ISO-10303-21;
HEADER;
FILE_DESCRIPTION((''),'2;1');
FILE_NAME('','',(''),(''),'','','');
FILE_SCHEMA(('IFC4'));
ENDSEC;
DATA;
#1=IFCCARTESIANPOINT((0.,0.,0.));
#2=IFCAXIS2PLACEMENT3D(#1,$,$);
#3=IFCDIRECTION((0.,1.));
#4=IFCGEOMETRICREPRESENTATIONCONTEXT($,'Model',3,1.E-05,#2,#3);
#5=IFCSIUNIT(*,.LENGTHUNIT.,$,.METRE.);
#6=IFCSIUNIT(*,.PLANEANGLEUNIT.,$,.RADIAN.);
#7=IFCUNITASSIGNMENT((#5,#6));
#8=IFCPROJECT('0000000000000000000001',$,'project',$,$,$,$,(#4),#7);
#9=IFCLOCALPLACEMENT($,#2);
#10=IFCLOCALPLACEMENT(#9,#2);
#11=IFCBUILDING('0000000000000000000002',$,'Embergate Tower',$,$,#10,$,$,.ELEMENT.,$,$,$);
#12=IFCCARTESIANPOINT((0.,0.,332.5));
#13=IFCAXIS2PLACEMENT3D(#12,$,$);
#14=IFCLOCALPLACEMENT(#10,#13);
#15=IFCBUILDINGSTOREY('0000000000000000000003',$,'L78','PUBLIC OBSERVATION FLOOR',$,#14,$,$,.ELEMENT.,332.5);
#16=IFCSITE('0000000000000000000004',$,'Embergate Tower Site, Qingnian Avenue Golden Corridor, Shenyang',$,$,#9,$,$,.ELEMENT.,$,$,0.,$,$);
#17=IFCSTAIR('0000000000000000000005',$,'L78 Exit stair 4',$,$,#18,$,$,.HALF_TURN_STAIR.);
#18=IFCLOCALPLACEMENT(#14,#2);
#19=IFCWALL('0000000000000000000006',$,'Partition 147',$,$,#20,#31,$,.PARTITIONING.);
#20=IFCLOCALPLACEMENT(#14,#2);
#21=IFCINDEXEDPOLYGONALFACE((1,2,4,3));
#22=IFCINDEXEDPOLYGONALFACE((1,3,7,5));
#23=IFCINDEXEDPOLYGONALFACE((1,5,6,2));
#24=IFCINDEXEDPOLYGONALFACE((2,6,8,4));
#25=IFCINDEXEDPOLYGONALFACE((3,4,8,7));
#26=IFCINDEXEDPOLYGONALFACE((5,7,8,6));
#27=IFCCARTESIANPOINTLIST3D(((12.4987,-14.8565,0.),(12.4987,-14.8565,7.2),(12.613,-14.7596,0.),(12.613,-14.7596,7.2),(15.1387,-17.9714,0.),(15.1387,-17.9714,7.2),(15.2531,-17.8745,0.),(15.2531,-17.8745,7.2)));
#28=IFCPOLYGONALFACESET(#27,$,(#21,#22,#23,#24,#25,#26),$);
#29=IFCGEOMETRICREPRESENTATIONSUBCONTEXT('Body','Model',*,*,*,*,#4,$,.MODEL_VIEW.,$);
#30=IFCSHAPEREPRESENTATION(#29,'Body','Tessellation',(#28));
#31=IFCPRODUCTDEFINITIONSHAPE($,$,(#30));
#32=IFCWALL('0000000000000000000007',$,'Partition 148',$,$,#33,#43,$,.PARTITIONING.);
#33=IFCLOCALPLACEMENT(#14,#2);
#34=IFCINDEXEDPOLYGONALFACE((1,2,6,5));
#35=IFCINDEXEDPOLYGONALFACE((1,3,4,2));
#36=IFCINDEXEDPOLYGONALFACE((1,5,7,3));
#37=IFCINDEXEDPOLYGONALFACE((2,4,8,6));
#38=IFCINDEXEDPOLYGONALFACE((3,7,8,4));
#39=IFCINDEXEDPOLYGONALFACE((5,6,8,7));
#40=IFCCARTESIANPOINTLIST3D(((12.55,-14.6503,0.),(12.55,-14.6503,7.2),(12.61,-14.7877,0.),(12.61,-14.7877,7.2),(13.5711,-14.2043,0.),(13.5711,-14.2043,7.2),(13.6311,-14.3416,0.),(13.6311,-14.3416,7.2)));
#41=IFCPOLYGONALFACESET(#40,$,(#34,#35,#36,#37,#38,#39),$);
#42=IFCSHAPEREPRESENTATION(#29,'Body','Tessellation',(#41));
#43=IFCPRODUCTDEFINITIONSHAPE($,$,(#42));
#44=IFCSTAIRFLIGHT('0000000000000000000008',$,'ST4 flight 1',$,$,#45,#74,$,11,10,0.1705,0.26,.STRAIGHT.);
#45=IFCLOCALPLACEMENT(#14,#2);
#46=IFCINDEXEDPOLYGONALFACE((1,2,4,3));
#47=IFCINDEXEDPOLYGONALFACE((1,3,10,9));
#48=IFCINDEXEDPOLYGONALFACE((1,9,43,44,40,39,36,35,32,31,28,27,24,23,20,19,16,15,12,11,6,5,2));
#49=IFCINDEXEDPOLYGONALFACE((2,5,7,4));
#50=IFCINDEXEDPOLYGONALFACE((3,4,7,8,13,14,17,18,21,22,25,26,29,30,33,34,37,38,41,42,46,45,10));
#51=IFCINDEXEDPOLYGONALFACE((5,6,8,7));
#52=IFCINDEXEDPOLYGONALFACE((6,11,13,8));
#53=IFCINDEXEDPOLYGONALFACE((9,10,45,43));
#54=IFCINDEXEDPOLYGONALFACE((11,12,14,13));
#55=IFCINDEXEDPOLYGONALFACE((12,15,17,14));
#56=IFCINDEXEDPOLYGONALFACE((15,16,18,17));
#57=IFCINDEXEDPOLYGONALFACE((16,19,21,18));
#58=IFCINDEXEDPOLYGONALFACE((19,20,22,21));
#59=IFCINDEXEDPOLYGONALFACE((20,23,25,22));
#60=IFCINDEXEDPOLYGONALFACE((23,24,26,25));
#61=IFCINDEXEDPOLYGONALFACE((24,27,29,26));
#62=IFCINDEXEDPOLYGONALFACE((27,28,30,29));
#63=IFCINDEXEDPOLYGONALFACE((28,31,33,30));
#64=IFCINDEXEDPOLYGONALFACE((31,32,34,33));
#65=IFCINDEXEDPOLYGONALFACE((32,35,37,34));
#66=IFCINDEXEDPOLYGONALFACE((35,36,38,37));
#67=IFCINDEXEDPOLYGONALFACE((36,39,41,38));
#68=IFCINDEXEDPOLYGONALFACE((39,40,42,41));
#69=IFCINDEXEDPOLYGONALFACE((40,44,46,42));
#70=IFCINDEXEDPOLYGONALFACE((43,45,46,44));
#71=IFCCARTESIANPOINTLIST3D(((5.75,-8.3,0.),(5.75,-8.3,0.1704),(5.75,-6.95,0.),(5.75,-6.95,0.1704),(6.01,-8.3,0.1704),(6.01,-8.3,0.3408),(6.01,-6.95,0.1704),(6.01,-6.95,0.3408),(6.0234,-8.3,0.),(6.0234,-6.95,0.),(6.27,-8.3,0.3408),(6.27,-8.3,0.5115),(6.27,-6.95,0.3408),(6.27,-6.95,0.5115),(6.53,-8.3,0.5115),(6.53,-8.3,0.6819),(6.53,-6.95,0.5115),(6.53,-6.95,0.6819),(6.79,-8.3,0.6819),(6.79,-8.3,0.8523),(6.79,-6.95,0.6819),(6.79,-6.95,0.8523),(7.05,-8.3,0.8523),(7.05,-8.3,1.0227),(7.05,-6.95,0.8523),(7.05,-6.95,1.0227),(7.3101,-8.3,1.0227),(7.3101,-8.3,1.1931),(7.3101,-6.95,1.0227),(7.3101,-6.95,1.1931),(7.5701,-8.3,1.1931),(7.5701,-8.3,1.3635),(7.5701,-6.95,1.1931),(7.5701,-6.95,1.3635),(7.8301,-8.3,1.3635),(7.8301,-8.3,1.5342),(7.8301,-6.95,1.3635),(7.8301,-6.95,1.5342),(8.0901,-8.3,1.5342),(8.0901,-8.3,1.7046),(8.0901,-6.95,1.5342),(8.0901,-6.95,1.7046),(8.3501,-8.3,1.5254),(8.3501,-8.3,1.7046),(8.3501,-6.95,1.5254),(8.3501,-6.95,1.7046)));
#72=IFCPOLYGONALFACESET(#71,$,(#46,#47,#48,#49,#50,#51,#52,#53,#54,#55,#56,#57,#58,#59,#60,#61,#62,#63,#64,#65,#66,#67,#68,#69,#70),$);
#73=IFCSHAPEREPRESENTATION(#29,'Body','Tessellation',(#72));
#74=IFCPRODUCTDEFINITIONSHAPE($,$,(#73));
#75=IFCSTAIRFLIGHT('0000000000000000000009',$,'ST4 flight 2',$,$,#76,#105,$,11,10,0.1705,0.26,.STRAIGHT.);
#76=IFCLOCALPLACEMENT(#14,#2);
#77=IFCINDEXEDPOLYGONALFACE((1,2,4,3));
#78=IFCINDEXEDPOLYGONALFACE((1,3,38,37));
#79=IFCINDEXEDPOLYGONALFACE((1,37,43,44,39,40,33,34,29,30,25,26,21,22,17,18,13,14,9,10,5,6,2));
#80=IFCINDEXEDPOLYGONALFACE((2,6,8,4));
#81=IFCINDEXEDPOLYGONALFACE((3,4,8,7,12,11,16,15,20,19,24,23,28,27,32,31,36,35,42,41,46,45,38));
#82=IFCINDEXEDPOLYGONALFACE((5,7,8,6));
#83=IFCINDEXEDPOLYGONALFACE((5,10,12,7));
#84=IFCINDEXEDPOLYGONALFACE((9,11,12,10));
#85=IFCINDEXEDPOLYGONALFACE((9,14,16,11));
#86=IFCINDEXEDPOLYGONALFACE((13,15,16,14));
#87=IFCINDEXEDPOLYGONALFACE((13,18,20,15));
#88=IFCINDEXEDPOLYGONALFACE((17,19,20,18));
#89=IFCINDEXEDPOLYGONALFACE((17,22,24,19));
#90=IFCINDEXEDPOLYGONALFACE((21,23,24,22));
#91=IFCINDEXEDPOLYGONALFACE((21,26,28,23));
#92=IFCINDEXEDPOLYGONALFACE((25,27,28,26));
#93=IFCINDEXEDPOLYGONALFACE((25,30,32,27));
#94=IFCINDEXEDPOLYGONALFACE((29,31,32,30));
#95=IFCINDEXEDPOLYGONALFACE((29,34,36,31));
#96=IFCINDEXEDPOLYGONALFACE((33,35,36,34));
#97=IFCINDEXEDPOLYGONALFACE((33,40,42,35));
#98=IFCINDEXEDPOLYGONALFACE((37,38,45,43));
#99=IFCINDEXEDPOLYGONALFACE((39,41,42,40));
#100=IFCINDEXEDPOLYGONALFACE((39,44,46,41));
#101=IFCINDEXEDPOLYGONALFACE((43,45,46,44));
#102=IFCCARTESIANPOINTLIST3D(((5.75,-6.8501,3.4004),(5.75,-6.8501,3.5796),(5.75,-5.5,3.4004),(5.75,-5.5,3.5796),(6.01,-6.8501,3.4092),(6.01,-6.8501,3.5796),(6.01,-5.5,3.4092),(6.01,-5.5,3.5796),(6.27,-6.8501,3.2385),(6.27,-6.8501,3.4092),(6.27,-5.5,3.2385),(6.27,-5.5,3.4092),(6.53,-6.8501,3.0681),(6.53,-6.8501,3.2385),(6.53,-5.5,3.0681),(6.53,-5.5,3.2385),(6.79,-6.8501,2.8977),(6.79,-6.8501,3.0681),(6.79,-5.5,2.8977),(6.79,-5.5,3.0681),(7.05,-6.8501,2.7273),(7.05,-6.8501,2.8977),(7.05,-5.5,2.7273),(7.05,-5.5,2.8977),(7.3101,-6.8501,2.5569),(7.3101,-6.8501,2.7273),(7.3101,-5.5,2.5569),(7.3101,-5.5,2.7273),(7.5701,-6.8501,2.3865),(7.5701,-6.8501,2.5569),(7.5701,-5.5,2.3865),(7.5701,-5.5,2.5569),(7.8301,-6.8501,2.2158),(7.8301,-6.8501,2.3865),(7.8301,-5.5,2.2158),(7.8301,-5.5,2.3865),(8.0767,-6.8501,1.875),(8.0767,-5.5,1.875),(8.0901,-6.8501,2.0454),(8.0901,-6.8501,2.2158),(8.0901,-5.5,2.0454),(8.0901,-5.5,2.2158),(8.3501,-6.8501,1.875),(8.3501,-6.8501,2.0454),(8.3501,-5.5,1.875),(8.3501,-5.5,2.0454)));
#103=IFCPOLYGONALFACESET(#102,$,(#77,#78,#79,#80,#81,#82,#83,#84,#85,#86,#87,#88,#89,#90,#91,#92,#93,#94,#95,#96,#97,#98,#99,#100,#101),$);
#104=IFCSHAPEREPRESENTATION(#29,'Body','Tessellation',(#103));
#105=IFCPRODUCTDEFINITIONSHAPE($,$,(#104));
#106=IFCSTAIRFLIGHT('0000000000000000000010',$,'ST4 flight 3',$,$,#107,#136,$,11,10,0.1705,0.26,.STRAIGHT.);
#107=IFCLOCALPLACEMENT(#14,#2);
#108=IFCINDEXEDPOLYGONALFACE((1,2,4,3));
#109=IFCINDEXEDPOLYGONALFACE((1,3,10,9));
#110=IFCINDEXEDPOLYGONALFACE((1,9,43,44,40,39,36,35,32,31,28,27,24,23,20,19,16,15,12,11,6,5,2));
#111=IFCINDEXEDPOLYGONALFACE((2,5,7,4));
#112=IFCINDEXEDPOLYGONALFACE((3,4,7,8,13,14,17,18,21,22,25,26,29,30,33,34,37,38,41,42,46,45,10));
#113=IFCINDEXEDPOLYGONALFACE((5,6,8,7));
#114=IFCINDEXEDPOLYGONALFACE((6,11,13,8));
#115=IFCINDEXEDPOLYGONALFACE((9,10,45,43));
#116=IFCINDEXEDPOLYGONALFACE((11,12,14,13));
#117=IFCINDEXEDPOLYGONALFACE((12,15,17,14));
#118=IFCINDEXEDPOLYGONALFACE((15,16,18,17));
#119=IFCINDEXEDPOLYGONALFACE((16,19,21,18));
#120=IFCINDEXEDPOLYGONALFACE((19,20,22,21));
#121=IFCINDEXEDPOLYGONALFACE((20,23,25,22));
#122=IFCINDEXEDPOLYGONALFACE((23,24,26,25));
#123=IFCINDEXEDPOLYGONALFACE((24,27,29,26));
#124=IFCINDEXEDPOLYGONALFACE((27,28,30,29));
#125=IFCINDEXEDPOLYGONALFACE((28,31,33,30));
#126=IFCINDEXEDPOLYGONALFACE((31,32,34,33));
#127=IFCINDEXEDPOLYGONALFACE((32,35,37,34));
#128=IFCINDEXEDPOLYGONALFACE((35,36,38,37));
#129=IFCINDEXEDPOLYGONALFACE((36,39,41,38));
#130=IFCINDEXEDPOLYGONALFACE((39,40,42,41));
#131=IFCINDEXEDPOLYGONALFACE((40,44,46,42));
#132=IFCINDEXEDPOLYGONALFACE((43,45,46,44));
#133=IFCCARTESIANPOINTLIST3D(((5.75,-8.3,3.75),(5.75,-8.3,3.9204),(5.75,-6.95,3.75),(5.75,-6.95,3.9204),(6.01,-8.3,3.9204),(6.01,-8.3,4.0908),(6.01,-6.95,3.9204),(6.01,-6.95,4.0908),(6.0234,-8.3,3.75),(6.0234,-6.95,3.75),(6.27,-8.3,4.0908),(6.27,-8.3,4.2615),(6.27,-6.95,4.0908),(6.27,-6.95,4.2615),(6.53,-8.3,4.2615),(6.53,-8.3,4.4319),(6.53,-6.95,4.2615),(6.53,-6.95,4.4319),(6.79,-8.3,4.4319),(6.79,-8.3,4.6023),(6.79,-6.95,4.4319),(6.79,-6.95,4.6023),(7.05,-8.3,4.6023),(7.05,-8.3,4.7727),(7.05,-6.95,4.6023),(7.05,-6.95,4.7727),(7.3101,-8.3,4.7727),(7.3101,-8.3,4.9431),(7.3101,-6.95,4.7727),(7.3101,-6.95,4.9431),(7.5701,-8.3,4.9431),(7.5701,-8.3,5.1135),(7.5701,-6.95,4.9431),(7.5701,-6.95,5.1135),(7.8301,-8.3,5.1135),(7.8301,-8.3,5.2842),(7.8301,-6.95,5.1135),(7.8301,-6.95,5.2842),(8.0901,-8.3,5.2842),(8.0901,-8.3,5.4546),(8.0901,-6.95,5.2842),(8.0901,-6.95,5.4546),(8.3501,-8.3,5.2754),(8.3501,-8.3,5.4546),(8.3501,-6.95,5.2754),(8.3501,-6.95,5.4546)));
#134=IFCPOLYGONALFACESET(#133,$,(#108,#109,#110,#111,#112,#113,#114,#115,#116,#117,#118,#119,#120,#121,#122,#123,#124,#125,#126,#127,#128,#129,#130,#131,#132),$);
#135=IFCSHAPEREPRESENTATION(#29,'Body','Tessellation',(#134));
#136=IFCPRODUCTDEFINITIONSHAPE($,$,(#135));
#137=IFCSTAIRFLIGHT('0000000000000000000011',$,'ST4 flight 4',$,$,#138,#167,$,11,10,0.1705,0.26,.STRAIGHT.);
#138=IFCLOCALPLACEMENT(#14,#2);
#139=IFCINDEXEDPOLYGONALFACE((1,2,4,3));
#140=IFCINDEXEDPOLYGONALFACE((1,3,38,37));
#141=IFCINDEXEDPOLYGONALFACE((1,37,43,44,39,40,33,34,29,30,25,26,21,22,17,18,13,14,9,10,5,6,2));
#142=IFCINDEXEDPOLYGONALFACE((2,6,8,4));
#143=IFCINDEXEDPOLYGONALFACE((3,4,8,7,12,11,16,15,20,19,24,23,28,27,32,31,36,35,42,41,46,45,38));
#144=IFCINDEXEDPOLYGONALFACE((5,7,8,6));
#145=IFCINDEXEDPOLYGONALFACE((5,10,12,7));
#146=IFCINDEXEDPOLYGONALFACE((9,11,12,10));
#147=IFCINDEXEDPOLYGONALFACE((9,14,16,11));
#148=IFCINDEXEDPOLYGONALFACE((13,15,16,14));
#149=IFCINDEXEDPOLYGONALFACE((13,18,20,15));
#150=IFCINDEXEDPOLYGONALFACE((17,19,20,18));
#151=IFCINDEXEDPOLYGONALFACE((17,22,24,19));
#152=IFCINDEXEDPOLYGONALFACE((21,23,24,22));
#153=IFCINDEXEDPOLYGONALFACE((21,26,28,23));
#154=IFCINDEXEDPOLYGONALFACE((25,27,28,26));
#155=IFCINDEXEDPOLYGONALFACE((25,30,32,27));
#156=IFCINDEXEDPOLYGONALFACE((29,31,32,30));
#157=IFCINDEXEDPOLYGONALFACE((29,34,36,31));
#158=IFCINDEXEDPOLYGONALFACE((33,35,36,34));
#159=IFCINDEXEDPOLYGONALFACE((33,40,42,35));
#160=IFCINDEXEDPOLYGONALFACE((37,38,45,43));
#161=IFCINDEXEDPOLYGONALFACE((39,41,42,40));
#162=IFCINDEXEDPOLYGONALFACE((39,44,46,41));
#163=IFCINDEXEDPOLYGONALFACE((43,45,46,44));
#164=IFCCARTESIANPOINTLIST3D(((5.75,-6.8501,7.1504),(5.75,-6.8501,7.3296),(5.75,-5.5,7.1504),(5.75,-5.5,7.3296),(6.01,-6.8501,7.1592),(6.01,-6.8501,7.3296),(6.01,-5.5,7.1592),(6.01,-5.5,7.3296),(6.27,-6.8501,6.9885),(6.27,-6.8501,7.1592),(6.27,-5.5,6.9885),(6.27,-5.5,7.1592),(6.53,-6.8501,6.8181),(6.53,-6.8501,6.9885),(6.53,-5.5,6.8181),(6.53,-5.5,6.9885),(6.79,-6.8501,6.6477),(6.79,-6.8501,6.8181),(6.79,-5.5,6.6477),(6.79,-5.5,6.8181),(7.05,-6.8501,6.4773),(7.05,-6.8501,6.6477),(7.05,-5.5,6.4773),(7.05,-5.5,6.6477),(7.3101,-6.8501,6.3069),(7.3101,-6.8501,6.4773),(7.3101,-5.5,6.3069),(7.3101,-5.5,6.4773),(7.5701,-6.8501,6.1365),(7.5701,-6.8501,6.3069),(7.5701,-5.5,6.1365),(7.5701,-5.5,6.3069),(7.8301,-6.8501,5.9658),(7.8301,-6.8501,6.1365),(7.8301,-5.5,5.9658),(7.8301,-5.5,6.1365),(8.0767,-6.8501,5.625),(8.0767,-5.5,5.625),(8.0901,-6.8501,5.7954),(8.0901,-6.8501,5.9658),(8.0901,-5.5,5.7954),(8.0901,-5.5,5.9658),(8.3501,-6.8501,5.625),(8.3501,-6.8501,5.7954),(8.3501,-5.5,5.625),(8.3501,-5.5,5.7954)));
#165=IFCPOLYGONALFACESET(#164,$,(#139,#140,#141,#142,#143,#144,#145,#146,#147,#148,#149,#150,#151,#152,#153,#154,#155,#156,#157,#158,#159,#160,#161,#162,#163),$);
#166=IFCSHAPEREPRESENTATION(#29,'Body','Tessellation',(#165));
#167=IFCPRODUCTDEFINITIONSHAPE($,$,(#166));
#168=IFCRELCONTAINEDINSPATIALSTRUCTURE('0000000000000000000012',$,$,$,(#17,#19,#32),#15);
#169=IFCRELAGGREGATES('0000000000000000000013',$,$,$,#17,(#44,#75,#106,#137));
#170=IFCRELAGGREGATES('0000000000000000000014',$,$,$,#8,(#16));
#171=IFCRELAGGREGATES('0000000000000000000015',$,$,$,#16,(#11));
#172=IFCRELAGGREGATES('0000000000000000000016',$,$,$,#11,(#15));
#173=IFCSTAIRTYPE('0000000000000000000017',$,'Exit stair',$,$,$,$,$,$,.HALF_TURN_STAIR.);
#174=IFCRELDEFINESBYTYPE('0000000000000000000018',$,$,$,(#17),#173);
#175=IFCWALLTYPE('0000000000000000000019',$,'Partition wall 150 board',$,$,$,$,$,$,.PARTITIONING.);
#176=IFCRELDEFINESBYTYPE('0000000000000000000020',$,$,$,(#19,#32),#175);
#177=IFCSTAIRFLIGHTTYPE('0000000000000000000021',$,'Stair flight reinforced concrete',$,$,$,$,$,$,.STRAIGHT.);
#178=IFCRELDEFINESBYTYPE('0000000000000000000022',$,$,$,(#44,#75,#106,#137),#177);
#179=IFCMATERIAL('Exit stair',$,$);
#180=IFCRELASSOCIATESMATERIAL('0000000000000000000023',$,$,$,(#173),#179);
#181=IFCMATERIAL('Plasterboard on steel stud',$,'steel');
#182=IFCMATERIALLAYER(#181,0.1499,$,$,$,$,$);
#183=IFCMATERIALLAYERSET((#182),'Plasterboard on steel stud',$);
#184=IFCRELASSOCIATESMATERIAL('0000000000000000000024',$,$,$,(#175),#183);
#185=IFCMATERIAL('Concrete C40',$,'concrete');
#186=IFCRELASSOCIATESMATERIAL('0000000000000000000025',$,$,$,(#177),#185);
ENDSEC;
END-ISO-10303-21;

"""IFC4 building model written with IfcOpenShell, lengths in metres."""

from ifc_helpers import new_model, si_unit, direction, frame, frame_2d, origin, place, context, subcontext, project, spatial, polyline, rectangle, outline, extrude, source, transform, mapped, material, layer, layer_set, type_object, element, aggregate, save


model = new_model("IFC4")

# Units and contexts
model_context = context("Model", 3, precision=1e-05, world=origin(), true_north=direction((0.0, 1.0)))
body_context = subcontext(model_context, "Body", "Model", "MODEL_VIEW")
ifc_project = project(units=[si_unit("LENGTHUNIT", "METRE"), si_unit("PLANEANGLEUNIT", "RADIAN")], contexts=[model_context])

# Site, building, storey
site_placement = place(None, origin())
site = spatial("IfcSite", under=ifc_project, at=site_placement, Name="Embergate Tower Site, Qingnian Avenue Golden Corridor, Shenyang", CompositionType="ELEMENT", RefElevation=0.0)
building_placement = place(site_placement, origin())
building = spatial("IfcBuilding", under=site, at=building_placement, Name="Embergate Tower", CompositionType="ELEMENT")
storey_placement = place(building_placement, frame((0.0, 0.0, 332.5)))
storey = spatial("IfcBuildingStorey", under=building, at=storey_placement, Name="L78", Description="PUBLIC OBSERVATION FLOOR", CompositionType="ELEMENT", Elevation=332.5)

# Stair
ifc_material_1 = material(Name="Exit stair")
stair_type = type_object("IfcStairType", Name="Exit stair", PredefinedType="HALF_TURN_STAIR", material=ifc_material_1)
stair_placement = place(storey_placement, origin())
stair = element("IfcStair", 1, at=stair_placement, inside=storey, type_object=stair_type, Name="L78 Exit stair 4", PredefinedType="HALF_TURN_STAIR")
ifc_material_2 = material(Name="Concrete C40", Category="concrete")

# Shared definitions
ifc_material_3 = material(Name="Plasterboard on steel stud", Category="steel")
ifc_layer_1 = layer(ifc_material_3, 0.1499)
ifc_layer_set_1 = layer_set([ifc_layer_1], Name="Plasterboard on steel stud")
wall_type_1 = type_object("IfcWallType", Name="Partition wall 150 board", PredefinedType="PARTITIONING", material=ifc_layer_set_1)

# Walls
shared_shape_1 = source(origin(), body_context, "Body", "SweptSolid", [
    extrude(rectangle(XDim=4.0833, YDim=0.1499, at=frame_2d((2.0415, 0.0))), origin(), (0.0, 0.0, 1.0), 7.2),
])
wall_1_placement = place(storey_placement, frame((12.5559, -14.8081, 0.0), z_axis=(0.0, 0.0, 1.0), x_axis=(0.646567, -0.762858, 0.0)))
element("IfcWall", 2, at=wall_1_placement, inside=storey, type_object=wall_type_1, Name="Partition 147", PredefinedType="PARTITIONING", context=body_context, shape_type="MappedRepresentation", body=[
    mapped(shared_shape_1, transform((0.0, 0.0, 0.0))),
])
shared_shape_2 = source(origin(), body_context, "Body", "SweptSolid", [
    extrude(rectangle(XDim=1.1143, YDim=0.1499, at=frame_2d((0.5571, 0.0))), origin(), (0.0, 0.0, 1.0), 7.2),
])
wall_2_placement = place(storey_placement, frame((13.6011, -14.2729, 0.0), z_axis=(0.0, 0.0, 1.0), x_axis=(-0.916368, -0.400336, 0.0)))
element("IfcWall", 3, at=wall_2_placement, inside=storey, type_object=wall_type_1, Name="Partition 148", PredefinedType="PARTITIONING", context=body_context, shape_type="MappedRepresentation", body=[
    mapped(shared_shape_2, transform((0.0, 0.0, 0.0))),
])

# Stair flights
stair_flight_type = type_object("IfcStairFlightType", Name="Stair flight reinforced concrete", PredefinedType="STRAIGHT", material=ifc_material_2)
shared_shape_3 = source(origin(), body_context, "Body", "SweptSolid", [
    extrude(outline(polyline([(0.0, 0.0), (0.0, 0.1704), (0.26, 0.1704), (0.26, 0.3408), (0.52, 0.3408), (0.52, 0.5115), (0.78, 0.5115), (0.78, 0.6819), (1.04, 0.6819), (1.04, 0.8523), (1.3, 0.8523), (1.3, 1.0227), (1.5601, 1.0227), (1.5601, 1.1931), (1.8201, 1.1931), (1.8201, 1.3635), (2.0801, 1.3635), (2.0801, 1.5342), (2.3401, 1.5342), (2.3401, 1.7046), (2.6001, 1.7046), (2.6001, 1.875), (2.6001, 1.5254), (0.2734, 0.0), (0.0, 0.0)])), frame((0.0, 0.675, 0.0), z_axis=(0.0, -1.0, 0.0), x_axis=(1.0, 0.0, 0.0)), (0.0, 0.0, 1.0), 1.3501),
])
stair_flight_1_placement = place(storey_placement, frame((5.75, -7.625, 0.0), z_axis=(0.0, 0.0, 1.0), x_axis=(1.0, 0.0, 0.0)))
stair_flight_1 = element("IfcStairFlight", 4, at=stair_flight_1_placement, type_object=stair_flight_type, Name="ST4 flight 1", NumberOfRisers=11, NumberOfTreads=10, PredefinedType="STRAIGHT", RiserHeight=0.1705, TreadLength=0.26, context=body_context, shape_type="MappedRepresentation", body=[
    mapped(shared_shape_3, transform((0.0, 0.0, 0.0))),
])
stair_flight_2_placement = place(storey_placement, frame((8.3501, -6.175, 1.875), z_axis=(0.0, 0.0, 1.0), x_axis=(-1.0, 0.0, 0.0)))
stair_flight_2 = element("IfcStairFlight", 5, at=stair_flight_2_placement, type_object=stair_flight_type, Name="ST4 flight 2", NumberOfRisers=11, NumberOfTreads=10, PredefinedType="STRAIGHT", RiserHeight=0.1705, TreadLength=0.26, context=body_context, shape_type="MappedRepresentation", body=[
    mapped(shared_shape_3, transform((0.0, 0.0, 0.0))),
])
stair_flight_3_placement = place(storey_placement, frame((5.75, -7.625, 3.75), z_axis=(0.0, 0.0, 1.0), x_axis=(1.0, 0.0, 0.0)))
stair_flight_3 = element("IfcStairFlight", 6, at=stair_flight_3_placement, type_object=stair_flight_type, Name="ST4 flight 3", NumberOfRisers=11, NumberOfTreads=10, PredefinedType="STRAIGHT", RiserHeight=0.1705, TreadLength=0.26, context=body_context, shape_type="MappedRepresentation", body=[
    mapped(shared_shape_3, transform((0.0, 0.0, 0.0))),
])
stair_flight_4_placement = place(storey_placement, frame((8.3501, -6.175, 5.625), z_axis=(0.0, 0.0, 1.0), x_axis=(-1.0, 0.0, 0.0)))
stair_flight_4 = element("IfcStairFlight", 7, at=stair_flight_4_placement, type_object=stair_flight_type, Name="ST4 flight 4", NumberOfRisers=11, NumberOfTreads=10, PredefinedType="STRAIGHT", RiserHeight=0.1705, TreadLength=0.26, context=body_context, shape_type="MappedRepresentation", body=[
    mapped(shared_shape_3, transform((0.0, 0.0, 0.0))),
])
aggregate(stair, [stair_flight_1, stair_flight_2, stair_flight_3, stair_flight_4])

save(model, "model.ifc")
